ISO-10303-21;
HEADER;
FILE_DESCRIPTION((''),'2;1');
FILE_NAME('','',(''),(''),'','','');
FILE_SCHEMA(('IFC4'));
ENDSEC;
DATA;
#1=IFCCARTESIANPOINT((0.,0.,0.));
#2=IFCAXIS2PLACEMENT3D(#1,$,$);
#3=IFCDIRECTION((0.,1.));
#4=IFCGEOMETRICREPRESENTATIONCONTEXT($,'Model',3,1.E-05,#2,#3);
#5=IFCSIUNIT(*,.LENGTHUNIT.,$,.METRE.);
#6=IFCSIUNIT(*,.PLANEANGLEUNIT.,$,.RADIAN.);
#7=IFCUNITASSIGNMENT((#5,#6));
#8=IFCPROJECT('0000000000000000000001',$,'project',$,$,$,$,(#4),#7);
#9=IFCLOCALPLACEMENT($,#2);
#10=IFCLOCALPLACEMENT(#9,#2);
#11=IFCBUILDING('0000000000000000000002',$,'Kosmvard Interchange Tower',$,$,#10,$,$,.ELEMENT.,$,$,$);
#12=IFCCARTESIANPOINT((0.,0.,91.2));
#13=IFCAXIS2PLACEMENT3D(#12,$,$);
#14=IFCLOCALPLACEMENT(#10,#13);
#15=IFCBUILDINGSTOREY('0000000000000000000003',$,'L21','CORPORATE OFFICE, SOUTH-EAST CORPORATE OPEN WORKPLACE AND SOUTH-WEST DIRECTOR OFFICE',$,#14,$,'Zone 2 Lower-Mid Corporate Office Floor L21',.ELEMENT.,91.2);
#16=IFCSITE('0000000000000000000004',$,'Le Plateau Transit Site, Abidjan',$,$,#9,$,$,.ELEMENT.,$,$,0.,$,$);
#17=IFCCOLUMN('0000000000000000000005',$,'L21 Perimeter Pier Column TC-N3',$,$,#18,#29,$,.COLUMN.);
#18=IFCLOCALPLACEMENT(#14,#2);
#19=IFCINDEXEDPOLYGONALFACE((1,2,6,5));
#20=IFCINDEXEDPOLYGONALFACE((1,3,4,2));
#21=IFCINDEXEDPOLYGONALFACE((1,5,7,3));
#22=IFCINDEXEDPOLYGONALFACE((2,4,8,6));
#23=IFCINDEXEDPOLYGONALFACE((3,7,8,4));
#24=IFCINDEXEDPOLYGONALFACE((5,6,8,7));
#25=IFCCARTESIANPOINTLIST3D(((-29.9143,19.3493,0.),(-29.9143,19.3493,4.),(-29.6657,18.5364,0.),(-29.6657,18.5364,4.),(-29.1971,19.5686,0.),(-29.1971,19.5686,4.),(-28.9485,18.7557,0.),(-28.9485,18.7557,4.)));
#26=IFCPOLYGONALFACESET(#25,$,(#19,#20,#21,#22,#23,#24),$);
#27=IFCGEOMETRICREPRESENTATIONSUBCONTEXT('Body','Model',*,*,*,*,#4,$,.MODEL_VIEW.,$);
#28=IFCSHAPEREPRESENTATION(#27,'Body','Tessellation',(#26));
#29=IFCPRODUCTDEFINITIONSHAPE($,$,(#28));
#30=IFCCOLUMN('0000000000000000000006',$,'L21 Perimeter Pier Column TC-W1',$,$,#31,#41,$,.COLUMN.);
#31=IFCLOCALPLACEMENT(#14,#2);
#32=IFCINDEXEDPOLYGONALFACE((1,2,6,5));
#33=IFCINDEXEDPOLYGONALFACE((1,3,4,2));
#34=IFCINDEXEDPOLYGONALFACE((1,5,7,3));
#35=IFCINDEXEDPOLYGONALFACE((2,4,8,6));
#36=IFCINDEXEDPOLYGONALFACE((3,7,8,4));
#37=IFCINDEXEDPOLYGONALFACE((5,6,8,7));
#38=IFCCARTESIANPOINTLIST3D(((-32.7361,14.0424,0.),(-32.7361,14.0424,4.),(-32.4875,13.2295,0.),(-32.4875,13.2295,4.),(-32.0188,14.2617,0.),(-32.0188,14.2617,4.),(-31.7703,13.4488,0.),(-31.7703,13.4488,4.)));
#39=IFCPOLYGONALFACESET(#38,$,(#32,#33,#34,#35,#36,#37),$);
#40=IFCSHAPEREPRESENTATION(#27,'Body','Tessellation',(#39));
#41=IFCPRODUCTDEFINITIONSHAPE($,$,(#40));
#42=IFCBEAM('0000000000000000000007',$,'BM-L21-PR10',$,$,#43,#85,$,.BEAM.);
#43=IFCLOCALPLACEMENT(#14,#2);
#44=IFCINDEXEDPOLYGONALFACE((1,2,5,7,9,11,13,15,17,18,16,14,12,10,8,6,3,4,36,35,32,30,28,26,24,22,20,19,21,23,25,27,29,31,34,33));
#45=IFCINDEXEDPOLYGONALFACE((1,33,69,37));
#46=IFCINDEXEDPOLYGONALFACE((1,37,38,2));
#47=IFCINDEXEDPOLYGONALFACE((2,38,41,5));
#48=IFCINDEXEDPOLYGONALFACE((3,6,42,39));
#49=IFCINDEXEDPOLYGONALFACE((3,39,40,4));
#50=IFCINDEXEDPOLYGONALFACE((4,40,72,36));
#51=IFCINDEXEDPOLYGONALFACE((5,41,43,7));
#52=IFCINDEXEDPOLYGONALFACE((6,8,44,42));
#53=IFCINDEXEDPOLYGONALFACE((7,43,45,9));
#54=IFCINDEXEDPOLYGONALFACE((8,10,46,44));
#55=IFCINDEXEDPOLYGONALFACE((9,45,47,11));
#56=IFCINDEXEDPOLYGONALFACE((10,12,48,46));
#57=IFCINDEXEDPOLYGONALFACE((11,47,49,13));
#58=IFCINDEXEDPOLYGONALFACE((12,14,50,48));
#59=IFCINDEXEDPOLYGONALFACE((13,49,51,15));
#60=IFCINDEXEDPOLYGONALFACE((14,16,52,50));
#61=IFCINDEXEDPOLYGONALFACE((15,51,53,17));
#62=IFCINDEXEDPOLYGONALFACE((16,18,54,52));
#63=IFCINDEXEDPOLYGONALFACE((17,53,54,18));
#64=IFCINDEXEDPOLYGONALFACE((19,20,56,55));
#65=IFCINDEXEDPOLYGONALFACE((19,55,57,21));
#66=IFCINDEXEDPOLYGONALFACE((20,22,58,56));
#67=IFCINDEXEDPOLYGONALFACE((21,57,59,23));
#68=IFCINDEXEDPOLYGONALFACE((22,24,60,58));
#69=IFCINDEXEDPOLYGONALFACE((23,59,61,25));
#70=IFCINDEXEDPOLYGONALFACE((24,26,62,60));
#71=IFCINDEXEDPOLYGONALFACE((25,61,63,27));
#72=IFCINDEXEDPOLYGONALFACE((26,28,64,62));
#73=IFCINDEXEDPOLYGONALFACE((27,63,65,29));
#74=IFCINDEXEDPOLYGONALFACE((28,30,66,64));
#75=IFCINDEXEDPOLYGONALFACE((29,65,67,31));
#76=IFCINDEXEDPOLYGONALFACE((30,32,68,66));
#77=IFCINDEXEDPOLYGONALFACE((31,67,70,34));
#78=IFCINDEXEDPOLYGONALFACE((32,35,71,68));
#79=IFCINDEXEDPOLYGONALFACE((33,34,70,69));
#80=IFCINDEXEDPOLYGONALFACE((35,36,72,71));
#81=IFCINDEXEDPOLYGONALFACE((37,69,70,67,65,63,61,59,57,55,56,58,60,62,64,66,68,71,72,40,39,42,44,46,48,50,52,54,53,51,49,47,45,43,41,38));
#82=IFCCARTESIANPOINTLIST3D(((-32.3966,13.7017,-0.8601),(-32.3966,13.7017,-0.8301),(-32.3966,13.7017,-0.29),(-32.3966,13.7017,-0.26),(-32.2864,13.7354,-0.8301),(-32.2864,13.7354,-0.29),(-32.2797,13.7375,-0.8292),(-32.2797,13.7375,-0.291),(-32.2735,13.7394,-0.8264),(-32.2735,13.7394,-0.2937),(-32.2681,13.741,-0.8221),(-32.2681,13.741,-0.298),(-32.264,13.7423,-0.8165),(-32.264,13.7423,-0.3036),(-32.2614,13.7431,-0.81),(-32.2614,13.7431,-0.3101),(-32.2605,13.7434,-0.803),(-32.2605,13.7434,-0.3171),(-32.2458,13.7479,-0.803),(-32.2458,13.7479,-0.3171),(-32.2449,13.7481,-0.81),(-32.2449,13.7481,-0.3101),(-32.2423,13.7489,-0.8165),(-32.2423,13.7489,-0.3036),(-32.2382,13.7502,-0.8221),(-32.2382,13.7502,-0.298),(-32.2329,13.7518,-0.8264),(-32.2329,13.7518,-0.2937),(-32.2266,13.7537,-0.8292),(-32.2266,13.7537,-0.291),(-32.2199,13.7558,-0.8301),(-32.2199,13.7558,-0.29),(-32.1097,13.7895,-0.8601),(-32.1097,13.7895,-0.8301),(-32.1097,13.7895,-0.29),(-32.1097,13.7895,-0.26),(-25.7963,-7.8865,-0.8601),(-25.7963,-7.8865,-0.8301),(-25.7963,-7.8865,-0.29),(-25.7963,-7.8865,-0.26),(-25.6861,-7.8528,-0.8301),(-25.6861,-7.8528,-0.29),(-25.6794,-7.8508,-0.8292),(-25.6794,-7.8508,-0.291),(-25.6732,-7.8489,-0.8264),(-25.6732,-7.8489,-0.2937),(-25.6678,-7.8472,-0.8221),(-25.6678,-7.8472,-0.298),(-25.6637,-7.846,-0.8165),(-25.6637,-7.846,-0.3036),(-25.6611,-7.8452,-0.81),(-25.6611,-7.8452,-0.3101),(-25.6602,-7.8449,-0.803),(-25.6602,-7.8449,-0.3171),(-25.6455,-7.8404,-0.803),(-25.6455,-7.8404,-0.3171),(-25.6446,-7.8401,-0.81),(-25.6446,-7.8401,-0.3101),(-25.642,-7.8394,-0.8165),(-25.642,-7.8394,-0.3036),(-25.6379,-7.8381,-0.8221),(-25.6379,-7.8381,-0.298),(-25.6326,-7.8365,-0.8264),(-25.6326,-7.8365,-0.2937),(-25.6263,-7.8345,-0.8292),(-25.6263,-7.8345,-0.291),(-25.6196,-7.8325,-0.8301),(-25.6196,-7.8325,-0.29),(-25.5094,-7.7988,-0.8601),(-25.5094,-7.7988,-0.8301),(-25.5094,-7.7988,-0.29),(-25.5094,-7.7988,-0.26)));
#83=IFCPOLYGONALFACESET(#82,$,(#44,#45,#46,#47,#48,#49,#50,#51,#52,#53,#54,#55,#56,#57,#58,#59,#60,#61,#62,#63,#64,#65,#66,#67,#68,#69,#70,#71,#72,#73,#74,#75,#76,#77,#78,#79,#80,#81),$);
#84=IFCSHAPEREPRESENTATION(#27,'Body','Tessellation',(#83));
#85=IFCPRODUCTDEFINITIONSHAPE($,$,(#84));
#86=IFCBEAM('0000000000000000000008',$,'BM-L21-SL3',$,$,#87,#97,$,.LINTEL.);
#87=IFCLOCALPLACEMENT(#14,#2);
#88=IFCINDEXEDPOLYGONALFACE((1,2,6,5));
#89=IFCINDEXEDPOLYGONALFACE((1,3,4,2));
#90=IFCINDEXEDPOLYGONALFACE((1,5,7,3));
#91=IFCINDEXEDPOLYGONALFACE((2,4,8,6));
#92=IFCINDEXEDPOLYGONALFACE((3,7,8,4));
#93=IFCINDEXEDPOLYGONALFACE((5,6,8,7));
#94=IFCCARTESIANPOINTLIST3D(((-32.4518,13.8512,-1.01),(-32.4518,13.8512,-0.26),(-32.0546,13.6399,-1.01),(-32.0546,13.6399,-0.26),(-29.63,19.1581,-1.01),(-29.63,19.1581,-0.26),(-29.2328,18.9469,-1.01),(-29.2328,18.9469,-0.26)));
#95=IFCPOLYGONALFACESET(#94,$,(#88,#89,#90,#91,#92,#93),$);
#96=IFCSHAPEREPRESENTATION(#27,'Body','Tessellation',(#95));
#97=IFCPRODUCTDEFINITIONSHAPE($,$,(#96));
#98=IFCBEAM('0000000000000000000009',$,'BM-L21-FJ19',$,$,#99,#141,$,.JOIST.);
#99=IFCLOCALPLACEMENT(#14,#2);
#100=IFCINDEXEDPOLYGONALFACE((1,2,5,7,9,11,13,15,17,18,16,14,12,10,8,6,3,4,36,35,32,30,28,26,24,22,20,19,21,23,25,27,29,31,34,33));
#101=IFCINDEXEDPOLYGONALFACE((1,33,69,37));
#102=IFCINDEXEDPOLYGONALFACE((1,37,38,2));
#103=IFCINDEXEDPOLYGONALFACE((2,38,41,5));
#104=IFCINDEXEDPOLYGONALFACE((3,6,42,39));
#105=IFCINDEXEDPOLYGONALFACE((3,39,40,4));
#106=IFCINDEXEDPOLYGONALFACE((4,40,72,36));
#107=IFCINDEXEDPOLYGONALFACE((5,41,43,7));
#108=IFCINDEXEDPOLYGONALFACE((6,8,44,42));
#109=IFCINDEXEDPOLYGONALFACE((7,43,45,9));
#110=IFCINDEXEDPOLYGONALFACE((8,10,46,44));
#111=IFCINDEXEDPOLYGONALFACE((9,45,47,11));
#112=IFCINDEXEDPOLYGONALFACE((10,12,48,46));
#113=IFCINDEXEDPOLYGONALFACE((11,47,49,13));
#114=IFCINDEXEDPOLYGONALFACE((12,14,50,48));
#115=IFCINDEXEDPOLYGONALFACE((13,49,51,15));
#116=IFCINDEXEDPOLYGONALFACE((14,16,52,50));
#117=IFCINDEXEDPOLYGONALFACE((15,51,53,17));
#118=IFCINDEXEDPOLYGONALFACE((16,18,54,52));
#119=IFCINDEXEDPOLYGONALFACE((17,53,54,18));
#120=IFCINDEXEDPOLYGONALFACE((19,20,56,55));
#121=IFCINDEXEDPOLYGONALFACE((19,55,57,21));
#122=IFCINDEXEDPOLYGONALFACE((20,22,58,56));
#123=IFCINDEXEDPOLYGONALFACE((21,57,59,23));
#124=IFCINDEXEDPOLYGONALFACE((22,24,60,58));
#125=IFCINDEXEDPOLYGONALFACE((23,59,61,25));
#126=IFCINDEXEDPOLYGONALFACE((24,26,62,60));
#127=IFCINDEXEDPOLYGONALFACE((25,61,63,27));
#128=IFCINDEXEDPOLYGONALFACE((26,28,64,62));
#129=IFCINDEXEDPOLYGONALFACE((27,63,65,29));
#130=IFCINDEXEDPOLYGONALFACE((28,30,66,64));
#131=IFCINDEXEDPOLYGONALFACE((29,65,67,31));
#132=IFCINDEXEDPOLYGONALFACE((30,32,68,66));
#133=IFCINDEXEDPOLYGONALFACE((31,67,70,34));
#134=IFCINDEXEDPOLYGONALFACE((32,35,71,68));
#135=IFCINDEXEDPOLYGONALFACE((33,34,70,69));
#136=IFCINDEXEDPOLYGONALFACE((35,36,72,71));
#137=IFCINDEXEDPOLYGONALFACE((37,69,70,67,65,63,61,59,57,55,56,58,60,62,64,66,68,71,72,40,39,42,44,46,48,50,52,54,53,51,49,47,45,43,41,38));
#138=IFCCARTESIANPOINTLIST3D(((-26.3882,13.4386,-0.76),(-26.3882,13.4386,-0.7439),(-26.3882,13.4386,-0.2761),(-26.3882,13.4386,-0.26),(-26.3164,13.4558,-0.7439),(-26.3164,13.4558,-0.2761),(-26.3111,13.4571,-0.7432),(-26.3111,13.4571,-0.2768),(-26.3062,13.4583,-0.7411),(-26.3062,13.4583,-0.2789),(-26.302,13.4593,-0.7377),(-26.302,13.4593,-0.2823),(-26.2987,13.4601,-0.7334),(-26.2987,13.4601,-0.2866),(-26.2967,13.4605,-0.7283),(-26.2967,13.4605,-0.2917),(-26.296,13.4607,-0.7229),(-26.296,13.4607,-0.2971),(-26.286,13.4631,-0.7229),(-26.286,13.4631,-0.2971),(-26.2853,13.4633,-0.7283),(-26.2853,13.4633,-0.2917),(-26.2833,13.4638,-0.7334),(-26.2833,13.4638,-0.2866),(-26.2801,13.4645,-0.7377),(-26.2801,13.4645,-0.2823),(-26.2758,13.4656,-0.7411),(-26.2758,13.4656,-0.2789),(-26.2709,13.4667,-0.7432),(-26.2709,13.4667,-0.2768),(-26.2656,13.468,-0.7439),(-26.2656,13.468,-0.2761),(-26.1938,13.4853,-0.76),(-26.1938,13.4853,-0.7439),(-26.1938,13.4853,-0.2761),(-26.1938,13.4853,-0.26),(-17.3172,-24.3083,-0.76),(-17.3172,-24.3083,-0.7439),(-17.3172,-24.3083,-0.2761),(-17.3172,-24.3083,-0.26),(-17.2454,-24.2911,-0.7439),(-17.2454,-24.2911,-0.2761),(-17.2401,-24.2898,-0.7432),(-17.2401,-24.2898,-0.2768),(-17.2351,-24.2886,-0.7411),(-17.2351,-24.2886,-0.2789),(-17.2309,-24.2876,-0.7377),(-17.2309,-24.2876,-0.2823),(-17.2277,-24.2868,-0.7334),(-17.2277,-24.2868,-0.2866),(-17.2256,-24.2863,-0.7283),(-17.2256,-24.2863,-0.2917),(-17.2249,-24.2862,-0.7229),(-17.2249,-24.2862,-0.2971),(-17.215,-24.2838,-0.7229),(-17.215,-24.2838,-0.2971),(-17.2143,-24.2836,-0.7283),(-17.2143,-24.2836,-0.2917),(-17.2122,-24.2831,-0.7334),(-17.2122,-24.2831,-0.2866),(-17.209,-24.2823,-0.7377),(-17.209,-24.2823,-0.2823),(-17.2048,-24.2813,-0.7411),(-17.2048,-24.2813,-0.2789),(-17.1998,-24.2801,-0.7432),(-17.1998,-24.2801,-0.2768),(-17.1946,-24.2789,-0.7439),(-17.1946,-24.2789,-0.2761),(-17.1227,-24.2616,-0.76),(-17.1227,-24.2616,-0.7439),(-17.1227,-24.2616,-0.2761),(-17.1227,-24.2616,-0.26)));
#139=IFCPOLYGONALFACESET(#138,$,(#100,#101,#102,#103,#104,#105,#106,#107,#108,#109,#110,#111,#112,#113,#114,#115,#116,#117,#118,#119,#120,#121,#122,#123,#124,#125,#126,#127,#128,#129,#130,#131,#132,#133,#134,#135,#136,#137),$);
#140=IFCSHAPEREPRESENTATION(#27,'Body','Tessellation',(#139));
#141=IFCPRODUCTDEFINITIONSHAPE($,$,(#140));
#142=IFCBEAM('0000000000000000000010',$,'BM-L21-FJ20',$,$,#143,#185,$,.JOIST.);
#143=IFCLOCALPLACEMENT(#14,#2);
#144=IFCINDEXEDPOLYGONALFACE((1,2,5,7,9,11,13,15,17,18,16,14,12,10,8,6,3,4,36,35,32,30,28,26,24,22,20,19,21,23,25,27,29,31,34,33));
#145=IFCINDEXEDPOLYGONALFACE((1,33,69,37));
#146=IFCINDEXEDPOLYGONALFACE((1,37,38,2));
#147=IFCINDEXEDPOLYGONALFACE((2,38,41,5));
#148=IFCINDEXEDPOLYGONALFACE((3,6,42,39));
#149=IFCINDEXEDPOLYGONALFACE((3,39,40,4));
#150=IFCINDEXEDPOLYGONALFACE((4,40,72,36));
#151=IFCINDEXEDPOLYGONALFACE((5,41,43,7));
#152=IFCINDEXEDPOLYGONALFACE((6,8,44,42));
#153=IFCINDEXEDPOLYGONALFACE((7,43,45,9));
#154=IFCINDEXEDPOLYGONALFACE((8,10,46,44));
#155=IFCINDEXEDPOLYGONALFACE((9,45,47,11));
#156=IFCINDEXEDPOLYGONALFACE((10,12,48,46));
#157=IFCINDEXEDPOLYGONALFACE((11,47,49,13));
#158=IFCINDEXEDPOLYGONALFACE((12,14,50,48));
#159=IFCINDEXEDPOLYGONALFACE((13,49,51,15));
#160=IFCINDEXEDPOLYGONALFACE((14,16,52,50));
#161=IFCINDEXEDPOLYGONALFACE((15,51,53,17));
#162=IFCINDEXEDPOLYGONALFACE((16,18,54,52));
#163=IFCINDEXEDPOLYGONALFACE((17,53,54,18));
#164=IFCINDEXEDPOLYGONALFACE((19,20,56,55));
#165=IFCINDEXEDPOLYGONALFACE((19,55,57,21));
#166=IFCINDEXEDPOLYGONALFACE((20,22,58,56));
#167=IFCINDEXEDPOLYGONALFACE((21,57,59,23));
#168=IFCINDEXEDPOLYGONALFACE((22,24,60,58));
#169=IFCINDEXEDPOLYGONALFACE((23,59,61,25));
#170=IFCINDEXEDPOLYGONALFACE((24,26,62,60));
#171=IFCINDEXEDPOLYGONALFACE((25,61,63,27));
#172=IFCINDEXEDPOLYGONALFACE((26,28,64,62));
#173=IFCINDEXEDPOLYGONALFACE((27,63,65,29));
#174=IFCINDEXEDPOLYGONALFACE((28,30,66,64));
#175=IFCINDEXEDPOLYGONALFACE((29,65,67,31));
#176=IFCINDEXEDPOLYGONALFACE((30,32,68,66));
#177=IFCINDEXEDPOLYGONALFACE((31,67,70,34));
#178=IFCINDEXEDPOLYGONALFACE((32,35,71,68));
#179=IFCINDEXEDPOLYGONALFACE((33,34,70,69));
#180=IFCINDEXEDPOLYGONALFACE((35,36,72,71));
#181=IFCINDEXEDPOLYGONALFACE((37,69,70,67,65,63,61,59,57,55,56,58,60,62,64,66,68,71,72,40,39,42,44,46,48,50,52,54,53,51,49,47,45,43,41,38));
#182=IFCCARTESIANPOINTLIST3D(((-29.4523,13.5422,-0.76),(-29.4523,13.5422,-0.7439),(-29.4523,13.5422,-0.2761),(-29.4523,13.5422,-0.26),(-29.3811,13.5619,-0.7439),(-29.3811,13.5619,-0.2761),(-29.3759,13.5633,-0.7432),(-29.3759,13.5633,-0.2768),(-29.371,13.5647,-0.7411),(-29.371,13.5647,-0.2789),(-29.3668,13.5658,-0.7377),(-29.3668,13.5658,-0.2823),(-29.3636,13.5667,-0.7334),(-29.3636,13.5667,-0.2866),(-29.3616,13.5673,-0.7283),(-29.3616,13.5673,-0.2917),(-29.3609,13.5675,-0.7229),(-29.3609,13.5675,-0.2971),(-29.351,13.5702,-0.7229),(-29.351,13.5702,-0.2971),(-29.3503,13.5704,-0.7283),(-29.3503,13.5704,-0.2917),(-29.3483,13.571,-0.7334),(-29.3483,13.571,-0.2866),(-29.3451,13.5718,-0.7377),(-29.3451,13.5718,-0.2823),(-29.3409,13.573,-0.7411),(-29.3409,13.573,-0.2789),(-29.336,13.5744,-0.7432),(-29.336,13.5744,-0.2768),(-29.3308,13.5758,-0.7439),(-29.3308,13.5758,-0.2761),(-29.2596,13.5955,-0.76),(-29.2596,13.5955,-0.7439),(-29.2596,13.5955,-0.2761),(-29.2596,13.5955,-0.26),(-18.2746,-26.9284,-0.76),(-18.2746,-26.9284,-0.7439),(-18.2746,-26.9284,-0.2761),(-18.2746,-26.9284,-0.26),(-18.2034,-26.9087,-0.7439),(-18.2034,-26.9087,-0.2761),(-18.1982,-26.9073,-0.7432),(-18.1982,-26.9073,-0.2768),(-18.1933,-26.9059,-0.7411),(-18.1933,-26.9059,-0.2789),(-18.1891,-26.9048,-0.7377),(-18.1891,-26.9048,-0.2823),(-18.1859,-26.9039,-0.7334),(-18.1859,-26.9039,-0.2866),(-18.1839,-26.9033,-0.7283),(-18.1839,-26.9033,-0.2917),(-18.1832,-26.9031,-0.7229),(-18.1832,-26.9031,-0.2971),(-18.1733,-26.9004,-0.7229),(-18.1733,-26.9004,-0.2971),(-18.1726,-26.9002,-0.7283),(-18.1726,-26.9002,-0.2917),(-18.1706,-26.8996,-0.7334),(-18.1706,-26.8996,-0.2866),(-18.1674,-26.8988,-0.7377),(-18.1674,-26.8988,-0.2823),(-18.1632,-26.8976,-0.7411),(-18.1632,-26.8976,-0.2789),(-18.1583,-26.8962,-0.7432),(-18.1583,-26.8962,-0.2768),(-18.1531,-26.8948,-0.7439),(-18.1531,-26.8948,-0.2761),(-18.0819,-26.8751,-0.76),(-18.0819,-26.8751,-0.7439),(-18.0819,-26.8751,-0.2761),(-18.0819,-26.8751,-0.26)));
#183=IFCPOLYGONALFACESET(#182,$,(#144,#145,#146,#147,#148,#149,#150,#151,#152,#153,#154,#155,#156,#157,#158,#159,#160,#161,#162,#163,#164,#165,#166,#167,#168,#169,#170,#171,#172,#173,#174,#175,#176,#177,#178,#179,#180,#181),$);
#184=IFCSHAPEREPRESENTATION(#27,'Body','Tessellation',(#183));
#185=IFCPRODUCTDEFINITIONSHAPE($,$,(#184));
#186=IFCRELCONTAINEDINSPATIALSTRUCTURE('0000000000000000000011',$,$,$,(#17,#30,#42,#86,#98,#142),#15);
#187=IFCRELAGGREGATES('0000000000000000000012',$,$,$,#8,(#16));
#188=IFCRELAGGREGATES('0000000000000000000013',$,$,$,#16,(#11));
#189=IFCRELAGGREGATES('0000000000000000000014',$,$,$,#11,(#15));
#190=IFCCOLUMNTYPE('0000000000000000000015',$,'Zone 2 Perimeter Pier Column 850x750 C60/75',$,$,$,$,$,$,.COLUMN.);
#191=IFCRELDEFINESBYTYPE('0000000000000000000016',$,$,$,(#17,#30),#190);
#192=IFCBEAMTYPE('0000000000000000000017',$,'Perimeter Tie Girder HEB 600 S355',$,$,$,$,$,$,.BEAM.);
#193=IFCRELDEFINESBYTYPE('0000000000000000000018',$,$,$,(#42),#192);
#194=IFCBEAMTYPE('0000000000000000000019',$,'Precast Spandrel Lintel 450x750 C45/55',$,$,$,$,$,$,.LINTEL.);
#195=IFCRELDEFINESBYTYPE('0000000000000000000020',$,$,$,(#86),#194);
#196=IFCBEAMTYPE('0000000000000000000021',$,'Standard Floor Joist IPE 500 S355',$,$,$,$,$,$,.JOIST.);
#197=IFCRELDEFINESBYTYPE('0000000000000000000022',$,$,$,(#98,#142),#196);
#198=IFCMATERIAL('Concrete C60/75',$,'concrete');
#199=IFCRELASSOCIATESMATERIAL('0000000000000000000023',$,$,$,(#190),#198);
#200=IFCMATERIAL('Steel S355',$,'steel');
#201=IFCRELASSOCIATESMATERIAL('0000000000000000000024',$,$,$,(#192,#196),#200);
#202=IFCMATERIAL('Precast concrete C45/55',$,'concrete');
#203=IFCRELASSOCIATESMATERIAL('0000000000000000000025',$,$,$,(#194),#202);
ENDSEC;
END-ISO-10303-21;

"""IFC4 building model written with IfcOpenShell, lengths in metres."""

from ifc_helpers import new_model, si_unit, direction, frame, origin, origin_2d, place, context, subcontext, project, spatial, rectangle, i_section, extrude, source, transform, mapped, material, material_profile, profile_set, type_object, element, save


model = new_model("IFC4")

# Units and contexts
model_context = context("Model", 3, precision=1e-05, world=origin(), true_north=direction((0.0, 1.0)))
body_context = subcontext(model_context, "Body", "Model", "MODEL_VIEW")
ifc_project = project(units=[si_unit("LENGTHUNIT", "METRE"), si_unit("PLANEANGLEUNIT", "RADIAN")], contexts=[model_context])

# Site, building, storey
site_placement = place(None, origin())
site = spatial("IfcSite", under=ifc_project, at=site_placement, Name="Le Plateau Transit Site, Abidjan", CompositionType="ELEMENT", RefElevation=0.0)
building_placement = place(site_placement, origin())
building = spatial("IfcBuilding", under=site, at=building_placement, Name="Kosmvard Interchange Tower", CompositionType="ELEMENT")
storey_placement = place(building_placement, frame((0.0, 0.0, 91.2)))
storey = spatial("IfcBuildingStorey", under=building, at=storey_placement, Name="L21", Description="CORPORATE OFFICE, SOUTH-EAST CORPORATE OPEN WORKPLACE AND SOUTH-WEST DIRECTOR OFFICE", LongName="Zone 2 Lower-Mid Corporate Office Floor L21", CompositionType="ELEMENT", Elevation=91.2)

# Columns
ifc_material_1 = material(Name="Concrete C60/75", Category="concrete")
ifc_material_profile_1 = material_profile(ifc_material_1, rectangle(XDim=0.75, YDim=0.8501, at=origin_2d()), Name="TC 850x750")
ifc_profile_set_1 = profile_set([ifc_material_profile_1], Name="Concrete C60/75")
column_type = type_object("IfcColumnType", Name="Zone 2 Perimeter Pier Column 850x750 C60/75", PredefinedType="COLUMN", material=ifc_profile_set_1)
shared_shape_1 = source(origin(), body_context, "Body", "SweptSolid", [
    extrude(rectangle(XDim=0.75, YDim=0.8501, at=origin_2d()), origin(), (0.0, 0.0, 1.0), 4.0),
])
for number, where, z_axis, x_axis, name in (
    (1, (-29.4314, 19.0525, 0.0), (0.0, 0.0, 1.0), (0.956305, 0.292372, 0.0), "L21 Perimeter Pier Column TC-N3"),
    (2, (-32.2532, 13.7456, 0.0), (0.0, 0.0, 1.0), (0.956305, 0.292372, 0.0), "L21 Perimeter Pier Column TC-W1"),
):
    element("IfcColumn", number, at=place(storey_placement, frame(where, z_axis=z_axis, x_axis=x_axis)), inside=storey, type_object=column_type, Name=name, PredefinedType="COLUMN", context=body_context, shape_type="MappedRepresentation", body=[
        mapped(shared_shape_1, transform((0.0, 0.0, 0.0), scale=1.0)),
    ])

# Beams
ifc_material_2 = material(Name="Steel S355", Category="steel")
ifc_material_profile_2 = material_profile(ifc_material_2, i_section(OverallWidth=0.3, OverallDepth=0.6001, WebThickness=0.0154, FlangeThickness=0.03, FilletRadius=0.0271, at=origin_2d()), Name="HEB 600")
ifc_profile_set_2 = profile_set([ifc_material_profile_2], Name="Steel S355")
beam_type_1 = type_object("IfcBeamType", Name="Perimeter Tie Girder HEB 600 S355", PredefinedType="BEAM", material=ifc_profile_set_2)
shared_shape_2 = source(origin(), body_context, "Body", "SweptSolid", [
    extrude(i_section(OverallWidth=0.3, OverallDepth=0.6001, WebThickness=0.0154, FlangeThickness=0.03, FilletRadius=0.0271, at=origin_2d()), origin(), (0.0, 0.0, 1.0), 22.5747),
])
beam_1_placement = place(storey_placement, frame((-32.2532, 13.7456, -0.5601), z_axis=(0.292376, -0.956303, 0.0), x_axis=(0.956303, 0.292376, 0.0)))
element("IfcBeam", 3, at=beam_1_placement, inside=storey, type_object=beam_type_1, Name="BM-L21-PR10", PredefinedType="BEAM", context=body_context, shape_type="MappedRepresentation", body=[
    mapped(shared_shape_2, transform((0.0, 0.0, 0.0), scale=1.0)),
])
ifc_material_3 = material(Name="Precast concrete C45/55", Category="concrete")
ifc_material_profile_3 = material_profile(ifc_material_3, rectangle(XDim=0.45, YDim=0.75, at=origin_2d()), Name="SL 450x750")
ifc_profile_set_3 = profile_set([ifc_material_profile_3], Name="Precast concrete C45/55")
beam_type_2 = type_object("IfcBeamType", Name="Precast Spandrel Lintel 450x750 C45/55", PredefinedType="LINTEL", material=ifc_profile_set_3)
shared_shape_3 = source(origin(), body_context, "Body", "SweptSolid", [
    extrude(rectangle(XDim=0.45, YDim=0.75, at=origin_2d()), origin(), (0.0, 0.0, 1.0), 6.0105),
])
beam_2_placement = place(storey_placement, frame((-29.4314, 19.0525, -0.635), z_axis=(-0.469479, -0.882944, 0.0), x_axis=(0.882944, -0.469479, 0.0)))
element("IfcBeam", 4, at=beam_2_placement, inside=storey, type_object=beam_type_2, Name="BM-L21-SL3", PredefinedType="LINTEL", context=body_context, shape_type="MappedRepresentation", body=[
    mapped(shared_shape_3, transform((0.0, 0.0, 0.0), scale=1.0)),
])
ifc_material_profile_4 = material_profile(ifc_material_2, i_section(OverallWidth=0.2, OverallDepth=0.5, WebThickness=0.0103, FlangeThickness=0.0161, FilletRadius=0.021, at=origin_2d()), Name="IPE 500")
ifc_profile_set_4 = profile_set([ifc_material_profile_4], Name="Steel S355")
beam_type_3 = type_object("IfcBeamType", Name="Standard Floor Joist IPE 500 S355", PredefinedType="JOIST", material=ifc_profile_set_4)
shared_shape_4 = source(origin(), body_context, "Body", "SweptSolid", [
    extrude(i_section(OverallWidth=0.2, OverallDepth=0.5, WebThickness=0.0103, FlangeThickness=0.0161, FilletRadius=0.021, at=origin_2d()), origin(), (0.0, 0.0, 1.0), 38.8215),
])
beam_3_placement = place(storey_placement, frame((-26.291, 13.4619, -0.51), z_axis=(0.233661, -0.972318, 0.0), x_axis=(0.972318, 0.233661, 0.0)))
element("IfcBeam", 5, at=beam_3_placement, inside=storey, type_object=beam_type_3, Name="BM-L21-FJ19", PredefinedType="JOIST", context=body_context, shape_type="MappedRepresentation", body=[
    mapped(shared_shape_4, transform((0.0, 0.0, 0.0), scale=1.0)),
])
shared_shape_5 = source(origin(), body_context, "Body", "SweptSolid", [
    extrude(i_section(OverallWidth=0.2, OverallDepth=0.5, WebThickness=0.0103, FlangeThickness=0.0161, FilletRadius=0.021, at=origin_2d()), origin(), (0.0, 0.0, 1.0), 41.9858),
])
beam_4_placement = place(storey_placement, frame((-29.356, 13.5688, -0.51), z_axis=(0.266226, -0.963911, 0.0), x_axis=(0.963911, 0.266226, 0.0)))
element("IfcBeam", 6, at=beam_4_placement, inside=storey, type_object=beam_type_3, Name="BM-L21-FJ20", PredefinedType="JOIST", context=body_context, shape_type="MappedRepresentation", body=[
    mapped(shared_shape_5, transform((0.0, 0.0, 0.0), scale=1.0)),
])

save(model, "model.ifc")
